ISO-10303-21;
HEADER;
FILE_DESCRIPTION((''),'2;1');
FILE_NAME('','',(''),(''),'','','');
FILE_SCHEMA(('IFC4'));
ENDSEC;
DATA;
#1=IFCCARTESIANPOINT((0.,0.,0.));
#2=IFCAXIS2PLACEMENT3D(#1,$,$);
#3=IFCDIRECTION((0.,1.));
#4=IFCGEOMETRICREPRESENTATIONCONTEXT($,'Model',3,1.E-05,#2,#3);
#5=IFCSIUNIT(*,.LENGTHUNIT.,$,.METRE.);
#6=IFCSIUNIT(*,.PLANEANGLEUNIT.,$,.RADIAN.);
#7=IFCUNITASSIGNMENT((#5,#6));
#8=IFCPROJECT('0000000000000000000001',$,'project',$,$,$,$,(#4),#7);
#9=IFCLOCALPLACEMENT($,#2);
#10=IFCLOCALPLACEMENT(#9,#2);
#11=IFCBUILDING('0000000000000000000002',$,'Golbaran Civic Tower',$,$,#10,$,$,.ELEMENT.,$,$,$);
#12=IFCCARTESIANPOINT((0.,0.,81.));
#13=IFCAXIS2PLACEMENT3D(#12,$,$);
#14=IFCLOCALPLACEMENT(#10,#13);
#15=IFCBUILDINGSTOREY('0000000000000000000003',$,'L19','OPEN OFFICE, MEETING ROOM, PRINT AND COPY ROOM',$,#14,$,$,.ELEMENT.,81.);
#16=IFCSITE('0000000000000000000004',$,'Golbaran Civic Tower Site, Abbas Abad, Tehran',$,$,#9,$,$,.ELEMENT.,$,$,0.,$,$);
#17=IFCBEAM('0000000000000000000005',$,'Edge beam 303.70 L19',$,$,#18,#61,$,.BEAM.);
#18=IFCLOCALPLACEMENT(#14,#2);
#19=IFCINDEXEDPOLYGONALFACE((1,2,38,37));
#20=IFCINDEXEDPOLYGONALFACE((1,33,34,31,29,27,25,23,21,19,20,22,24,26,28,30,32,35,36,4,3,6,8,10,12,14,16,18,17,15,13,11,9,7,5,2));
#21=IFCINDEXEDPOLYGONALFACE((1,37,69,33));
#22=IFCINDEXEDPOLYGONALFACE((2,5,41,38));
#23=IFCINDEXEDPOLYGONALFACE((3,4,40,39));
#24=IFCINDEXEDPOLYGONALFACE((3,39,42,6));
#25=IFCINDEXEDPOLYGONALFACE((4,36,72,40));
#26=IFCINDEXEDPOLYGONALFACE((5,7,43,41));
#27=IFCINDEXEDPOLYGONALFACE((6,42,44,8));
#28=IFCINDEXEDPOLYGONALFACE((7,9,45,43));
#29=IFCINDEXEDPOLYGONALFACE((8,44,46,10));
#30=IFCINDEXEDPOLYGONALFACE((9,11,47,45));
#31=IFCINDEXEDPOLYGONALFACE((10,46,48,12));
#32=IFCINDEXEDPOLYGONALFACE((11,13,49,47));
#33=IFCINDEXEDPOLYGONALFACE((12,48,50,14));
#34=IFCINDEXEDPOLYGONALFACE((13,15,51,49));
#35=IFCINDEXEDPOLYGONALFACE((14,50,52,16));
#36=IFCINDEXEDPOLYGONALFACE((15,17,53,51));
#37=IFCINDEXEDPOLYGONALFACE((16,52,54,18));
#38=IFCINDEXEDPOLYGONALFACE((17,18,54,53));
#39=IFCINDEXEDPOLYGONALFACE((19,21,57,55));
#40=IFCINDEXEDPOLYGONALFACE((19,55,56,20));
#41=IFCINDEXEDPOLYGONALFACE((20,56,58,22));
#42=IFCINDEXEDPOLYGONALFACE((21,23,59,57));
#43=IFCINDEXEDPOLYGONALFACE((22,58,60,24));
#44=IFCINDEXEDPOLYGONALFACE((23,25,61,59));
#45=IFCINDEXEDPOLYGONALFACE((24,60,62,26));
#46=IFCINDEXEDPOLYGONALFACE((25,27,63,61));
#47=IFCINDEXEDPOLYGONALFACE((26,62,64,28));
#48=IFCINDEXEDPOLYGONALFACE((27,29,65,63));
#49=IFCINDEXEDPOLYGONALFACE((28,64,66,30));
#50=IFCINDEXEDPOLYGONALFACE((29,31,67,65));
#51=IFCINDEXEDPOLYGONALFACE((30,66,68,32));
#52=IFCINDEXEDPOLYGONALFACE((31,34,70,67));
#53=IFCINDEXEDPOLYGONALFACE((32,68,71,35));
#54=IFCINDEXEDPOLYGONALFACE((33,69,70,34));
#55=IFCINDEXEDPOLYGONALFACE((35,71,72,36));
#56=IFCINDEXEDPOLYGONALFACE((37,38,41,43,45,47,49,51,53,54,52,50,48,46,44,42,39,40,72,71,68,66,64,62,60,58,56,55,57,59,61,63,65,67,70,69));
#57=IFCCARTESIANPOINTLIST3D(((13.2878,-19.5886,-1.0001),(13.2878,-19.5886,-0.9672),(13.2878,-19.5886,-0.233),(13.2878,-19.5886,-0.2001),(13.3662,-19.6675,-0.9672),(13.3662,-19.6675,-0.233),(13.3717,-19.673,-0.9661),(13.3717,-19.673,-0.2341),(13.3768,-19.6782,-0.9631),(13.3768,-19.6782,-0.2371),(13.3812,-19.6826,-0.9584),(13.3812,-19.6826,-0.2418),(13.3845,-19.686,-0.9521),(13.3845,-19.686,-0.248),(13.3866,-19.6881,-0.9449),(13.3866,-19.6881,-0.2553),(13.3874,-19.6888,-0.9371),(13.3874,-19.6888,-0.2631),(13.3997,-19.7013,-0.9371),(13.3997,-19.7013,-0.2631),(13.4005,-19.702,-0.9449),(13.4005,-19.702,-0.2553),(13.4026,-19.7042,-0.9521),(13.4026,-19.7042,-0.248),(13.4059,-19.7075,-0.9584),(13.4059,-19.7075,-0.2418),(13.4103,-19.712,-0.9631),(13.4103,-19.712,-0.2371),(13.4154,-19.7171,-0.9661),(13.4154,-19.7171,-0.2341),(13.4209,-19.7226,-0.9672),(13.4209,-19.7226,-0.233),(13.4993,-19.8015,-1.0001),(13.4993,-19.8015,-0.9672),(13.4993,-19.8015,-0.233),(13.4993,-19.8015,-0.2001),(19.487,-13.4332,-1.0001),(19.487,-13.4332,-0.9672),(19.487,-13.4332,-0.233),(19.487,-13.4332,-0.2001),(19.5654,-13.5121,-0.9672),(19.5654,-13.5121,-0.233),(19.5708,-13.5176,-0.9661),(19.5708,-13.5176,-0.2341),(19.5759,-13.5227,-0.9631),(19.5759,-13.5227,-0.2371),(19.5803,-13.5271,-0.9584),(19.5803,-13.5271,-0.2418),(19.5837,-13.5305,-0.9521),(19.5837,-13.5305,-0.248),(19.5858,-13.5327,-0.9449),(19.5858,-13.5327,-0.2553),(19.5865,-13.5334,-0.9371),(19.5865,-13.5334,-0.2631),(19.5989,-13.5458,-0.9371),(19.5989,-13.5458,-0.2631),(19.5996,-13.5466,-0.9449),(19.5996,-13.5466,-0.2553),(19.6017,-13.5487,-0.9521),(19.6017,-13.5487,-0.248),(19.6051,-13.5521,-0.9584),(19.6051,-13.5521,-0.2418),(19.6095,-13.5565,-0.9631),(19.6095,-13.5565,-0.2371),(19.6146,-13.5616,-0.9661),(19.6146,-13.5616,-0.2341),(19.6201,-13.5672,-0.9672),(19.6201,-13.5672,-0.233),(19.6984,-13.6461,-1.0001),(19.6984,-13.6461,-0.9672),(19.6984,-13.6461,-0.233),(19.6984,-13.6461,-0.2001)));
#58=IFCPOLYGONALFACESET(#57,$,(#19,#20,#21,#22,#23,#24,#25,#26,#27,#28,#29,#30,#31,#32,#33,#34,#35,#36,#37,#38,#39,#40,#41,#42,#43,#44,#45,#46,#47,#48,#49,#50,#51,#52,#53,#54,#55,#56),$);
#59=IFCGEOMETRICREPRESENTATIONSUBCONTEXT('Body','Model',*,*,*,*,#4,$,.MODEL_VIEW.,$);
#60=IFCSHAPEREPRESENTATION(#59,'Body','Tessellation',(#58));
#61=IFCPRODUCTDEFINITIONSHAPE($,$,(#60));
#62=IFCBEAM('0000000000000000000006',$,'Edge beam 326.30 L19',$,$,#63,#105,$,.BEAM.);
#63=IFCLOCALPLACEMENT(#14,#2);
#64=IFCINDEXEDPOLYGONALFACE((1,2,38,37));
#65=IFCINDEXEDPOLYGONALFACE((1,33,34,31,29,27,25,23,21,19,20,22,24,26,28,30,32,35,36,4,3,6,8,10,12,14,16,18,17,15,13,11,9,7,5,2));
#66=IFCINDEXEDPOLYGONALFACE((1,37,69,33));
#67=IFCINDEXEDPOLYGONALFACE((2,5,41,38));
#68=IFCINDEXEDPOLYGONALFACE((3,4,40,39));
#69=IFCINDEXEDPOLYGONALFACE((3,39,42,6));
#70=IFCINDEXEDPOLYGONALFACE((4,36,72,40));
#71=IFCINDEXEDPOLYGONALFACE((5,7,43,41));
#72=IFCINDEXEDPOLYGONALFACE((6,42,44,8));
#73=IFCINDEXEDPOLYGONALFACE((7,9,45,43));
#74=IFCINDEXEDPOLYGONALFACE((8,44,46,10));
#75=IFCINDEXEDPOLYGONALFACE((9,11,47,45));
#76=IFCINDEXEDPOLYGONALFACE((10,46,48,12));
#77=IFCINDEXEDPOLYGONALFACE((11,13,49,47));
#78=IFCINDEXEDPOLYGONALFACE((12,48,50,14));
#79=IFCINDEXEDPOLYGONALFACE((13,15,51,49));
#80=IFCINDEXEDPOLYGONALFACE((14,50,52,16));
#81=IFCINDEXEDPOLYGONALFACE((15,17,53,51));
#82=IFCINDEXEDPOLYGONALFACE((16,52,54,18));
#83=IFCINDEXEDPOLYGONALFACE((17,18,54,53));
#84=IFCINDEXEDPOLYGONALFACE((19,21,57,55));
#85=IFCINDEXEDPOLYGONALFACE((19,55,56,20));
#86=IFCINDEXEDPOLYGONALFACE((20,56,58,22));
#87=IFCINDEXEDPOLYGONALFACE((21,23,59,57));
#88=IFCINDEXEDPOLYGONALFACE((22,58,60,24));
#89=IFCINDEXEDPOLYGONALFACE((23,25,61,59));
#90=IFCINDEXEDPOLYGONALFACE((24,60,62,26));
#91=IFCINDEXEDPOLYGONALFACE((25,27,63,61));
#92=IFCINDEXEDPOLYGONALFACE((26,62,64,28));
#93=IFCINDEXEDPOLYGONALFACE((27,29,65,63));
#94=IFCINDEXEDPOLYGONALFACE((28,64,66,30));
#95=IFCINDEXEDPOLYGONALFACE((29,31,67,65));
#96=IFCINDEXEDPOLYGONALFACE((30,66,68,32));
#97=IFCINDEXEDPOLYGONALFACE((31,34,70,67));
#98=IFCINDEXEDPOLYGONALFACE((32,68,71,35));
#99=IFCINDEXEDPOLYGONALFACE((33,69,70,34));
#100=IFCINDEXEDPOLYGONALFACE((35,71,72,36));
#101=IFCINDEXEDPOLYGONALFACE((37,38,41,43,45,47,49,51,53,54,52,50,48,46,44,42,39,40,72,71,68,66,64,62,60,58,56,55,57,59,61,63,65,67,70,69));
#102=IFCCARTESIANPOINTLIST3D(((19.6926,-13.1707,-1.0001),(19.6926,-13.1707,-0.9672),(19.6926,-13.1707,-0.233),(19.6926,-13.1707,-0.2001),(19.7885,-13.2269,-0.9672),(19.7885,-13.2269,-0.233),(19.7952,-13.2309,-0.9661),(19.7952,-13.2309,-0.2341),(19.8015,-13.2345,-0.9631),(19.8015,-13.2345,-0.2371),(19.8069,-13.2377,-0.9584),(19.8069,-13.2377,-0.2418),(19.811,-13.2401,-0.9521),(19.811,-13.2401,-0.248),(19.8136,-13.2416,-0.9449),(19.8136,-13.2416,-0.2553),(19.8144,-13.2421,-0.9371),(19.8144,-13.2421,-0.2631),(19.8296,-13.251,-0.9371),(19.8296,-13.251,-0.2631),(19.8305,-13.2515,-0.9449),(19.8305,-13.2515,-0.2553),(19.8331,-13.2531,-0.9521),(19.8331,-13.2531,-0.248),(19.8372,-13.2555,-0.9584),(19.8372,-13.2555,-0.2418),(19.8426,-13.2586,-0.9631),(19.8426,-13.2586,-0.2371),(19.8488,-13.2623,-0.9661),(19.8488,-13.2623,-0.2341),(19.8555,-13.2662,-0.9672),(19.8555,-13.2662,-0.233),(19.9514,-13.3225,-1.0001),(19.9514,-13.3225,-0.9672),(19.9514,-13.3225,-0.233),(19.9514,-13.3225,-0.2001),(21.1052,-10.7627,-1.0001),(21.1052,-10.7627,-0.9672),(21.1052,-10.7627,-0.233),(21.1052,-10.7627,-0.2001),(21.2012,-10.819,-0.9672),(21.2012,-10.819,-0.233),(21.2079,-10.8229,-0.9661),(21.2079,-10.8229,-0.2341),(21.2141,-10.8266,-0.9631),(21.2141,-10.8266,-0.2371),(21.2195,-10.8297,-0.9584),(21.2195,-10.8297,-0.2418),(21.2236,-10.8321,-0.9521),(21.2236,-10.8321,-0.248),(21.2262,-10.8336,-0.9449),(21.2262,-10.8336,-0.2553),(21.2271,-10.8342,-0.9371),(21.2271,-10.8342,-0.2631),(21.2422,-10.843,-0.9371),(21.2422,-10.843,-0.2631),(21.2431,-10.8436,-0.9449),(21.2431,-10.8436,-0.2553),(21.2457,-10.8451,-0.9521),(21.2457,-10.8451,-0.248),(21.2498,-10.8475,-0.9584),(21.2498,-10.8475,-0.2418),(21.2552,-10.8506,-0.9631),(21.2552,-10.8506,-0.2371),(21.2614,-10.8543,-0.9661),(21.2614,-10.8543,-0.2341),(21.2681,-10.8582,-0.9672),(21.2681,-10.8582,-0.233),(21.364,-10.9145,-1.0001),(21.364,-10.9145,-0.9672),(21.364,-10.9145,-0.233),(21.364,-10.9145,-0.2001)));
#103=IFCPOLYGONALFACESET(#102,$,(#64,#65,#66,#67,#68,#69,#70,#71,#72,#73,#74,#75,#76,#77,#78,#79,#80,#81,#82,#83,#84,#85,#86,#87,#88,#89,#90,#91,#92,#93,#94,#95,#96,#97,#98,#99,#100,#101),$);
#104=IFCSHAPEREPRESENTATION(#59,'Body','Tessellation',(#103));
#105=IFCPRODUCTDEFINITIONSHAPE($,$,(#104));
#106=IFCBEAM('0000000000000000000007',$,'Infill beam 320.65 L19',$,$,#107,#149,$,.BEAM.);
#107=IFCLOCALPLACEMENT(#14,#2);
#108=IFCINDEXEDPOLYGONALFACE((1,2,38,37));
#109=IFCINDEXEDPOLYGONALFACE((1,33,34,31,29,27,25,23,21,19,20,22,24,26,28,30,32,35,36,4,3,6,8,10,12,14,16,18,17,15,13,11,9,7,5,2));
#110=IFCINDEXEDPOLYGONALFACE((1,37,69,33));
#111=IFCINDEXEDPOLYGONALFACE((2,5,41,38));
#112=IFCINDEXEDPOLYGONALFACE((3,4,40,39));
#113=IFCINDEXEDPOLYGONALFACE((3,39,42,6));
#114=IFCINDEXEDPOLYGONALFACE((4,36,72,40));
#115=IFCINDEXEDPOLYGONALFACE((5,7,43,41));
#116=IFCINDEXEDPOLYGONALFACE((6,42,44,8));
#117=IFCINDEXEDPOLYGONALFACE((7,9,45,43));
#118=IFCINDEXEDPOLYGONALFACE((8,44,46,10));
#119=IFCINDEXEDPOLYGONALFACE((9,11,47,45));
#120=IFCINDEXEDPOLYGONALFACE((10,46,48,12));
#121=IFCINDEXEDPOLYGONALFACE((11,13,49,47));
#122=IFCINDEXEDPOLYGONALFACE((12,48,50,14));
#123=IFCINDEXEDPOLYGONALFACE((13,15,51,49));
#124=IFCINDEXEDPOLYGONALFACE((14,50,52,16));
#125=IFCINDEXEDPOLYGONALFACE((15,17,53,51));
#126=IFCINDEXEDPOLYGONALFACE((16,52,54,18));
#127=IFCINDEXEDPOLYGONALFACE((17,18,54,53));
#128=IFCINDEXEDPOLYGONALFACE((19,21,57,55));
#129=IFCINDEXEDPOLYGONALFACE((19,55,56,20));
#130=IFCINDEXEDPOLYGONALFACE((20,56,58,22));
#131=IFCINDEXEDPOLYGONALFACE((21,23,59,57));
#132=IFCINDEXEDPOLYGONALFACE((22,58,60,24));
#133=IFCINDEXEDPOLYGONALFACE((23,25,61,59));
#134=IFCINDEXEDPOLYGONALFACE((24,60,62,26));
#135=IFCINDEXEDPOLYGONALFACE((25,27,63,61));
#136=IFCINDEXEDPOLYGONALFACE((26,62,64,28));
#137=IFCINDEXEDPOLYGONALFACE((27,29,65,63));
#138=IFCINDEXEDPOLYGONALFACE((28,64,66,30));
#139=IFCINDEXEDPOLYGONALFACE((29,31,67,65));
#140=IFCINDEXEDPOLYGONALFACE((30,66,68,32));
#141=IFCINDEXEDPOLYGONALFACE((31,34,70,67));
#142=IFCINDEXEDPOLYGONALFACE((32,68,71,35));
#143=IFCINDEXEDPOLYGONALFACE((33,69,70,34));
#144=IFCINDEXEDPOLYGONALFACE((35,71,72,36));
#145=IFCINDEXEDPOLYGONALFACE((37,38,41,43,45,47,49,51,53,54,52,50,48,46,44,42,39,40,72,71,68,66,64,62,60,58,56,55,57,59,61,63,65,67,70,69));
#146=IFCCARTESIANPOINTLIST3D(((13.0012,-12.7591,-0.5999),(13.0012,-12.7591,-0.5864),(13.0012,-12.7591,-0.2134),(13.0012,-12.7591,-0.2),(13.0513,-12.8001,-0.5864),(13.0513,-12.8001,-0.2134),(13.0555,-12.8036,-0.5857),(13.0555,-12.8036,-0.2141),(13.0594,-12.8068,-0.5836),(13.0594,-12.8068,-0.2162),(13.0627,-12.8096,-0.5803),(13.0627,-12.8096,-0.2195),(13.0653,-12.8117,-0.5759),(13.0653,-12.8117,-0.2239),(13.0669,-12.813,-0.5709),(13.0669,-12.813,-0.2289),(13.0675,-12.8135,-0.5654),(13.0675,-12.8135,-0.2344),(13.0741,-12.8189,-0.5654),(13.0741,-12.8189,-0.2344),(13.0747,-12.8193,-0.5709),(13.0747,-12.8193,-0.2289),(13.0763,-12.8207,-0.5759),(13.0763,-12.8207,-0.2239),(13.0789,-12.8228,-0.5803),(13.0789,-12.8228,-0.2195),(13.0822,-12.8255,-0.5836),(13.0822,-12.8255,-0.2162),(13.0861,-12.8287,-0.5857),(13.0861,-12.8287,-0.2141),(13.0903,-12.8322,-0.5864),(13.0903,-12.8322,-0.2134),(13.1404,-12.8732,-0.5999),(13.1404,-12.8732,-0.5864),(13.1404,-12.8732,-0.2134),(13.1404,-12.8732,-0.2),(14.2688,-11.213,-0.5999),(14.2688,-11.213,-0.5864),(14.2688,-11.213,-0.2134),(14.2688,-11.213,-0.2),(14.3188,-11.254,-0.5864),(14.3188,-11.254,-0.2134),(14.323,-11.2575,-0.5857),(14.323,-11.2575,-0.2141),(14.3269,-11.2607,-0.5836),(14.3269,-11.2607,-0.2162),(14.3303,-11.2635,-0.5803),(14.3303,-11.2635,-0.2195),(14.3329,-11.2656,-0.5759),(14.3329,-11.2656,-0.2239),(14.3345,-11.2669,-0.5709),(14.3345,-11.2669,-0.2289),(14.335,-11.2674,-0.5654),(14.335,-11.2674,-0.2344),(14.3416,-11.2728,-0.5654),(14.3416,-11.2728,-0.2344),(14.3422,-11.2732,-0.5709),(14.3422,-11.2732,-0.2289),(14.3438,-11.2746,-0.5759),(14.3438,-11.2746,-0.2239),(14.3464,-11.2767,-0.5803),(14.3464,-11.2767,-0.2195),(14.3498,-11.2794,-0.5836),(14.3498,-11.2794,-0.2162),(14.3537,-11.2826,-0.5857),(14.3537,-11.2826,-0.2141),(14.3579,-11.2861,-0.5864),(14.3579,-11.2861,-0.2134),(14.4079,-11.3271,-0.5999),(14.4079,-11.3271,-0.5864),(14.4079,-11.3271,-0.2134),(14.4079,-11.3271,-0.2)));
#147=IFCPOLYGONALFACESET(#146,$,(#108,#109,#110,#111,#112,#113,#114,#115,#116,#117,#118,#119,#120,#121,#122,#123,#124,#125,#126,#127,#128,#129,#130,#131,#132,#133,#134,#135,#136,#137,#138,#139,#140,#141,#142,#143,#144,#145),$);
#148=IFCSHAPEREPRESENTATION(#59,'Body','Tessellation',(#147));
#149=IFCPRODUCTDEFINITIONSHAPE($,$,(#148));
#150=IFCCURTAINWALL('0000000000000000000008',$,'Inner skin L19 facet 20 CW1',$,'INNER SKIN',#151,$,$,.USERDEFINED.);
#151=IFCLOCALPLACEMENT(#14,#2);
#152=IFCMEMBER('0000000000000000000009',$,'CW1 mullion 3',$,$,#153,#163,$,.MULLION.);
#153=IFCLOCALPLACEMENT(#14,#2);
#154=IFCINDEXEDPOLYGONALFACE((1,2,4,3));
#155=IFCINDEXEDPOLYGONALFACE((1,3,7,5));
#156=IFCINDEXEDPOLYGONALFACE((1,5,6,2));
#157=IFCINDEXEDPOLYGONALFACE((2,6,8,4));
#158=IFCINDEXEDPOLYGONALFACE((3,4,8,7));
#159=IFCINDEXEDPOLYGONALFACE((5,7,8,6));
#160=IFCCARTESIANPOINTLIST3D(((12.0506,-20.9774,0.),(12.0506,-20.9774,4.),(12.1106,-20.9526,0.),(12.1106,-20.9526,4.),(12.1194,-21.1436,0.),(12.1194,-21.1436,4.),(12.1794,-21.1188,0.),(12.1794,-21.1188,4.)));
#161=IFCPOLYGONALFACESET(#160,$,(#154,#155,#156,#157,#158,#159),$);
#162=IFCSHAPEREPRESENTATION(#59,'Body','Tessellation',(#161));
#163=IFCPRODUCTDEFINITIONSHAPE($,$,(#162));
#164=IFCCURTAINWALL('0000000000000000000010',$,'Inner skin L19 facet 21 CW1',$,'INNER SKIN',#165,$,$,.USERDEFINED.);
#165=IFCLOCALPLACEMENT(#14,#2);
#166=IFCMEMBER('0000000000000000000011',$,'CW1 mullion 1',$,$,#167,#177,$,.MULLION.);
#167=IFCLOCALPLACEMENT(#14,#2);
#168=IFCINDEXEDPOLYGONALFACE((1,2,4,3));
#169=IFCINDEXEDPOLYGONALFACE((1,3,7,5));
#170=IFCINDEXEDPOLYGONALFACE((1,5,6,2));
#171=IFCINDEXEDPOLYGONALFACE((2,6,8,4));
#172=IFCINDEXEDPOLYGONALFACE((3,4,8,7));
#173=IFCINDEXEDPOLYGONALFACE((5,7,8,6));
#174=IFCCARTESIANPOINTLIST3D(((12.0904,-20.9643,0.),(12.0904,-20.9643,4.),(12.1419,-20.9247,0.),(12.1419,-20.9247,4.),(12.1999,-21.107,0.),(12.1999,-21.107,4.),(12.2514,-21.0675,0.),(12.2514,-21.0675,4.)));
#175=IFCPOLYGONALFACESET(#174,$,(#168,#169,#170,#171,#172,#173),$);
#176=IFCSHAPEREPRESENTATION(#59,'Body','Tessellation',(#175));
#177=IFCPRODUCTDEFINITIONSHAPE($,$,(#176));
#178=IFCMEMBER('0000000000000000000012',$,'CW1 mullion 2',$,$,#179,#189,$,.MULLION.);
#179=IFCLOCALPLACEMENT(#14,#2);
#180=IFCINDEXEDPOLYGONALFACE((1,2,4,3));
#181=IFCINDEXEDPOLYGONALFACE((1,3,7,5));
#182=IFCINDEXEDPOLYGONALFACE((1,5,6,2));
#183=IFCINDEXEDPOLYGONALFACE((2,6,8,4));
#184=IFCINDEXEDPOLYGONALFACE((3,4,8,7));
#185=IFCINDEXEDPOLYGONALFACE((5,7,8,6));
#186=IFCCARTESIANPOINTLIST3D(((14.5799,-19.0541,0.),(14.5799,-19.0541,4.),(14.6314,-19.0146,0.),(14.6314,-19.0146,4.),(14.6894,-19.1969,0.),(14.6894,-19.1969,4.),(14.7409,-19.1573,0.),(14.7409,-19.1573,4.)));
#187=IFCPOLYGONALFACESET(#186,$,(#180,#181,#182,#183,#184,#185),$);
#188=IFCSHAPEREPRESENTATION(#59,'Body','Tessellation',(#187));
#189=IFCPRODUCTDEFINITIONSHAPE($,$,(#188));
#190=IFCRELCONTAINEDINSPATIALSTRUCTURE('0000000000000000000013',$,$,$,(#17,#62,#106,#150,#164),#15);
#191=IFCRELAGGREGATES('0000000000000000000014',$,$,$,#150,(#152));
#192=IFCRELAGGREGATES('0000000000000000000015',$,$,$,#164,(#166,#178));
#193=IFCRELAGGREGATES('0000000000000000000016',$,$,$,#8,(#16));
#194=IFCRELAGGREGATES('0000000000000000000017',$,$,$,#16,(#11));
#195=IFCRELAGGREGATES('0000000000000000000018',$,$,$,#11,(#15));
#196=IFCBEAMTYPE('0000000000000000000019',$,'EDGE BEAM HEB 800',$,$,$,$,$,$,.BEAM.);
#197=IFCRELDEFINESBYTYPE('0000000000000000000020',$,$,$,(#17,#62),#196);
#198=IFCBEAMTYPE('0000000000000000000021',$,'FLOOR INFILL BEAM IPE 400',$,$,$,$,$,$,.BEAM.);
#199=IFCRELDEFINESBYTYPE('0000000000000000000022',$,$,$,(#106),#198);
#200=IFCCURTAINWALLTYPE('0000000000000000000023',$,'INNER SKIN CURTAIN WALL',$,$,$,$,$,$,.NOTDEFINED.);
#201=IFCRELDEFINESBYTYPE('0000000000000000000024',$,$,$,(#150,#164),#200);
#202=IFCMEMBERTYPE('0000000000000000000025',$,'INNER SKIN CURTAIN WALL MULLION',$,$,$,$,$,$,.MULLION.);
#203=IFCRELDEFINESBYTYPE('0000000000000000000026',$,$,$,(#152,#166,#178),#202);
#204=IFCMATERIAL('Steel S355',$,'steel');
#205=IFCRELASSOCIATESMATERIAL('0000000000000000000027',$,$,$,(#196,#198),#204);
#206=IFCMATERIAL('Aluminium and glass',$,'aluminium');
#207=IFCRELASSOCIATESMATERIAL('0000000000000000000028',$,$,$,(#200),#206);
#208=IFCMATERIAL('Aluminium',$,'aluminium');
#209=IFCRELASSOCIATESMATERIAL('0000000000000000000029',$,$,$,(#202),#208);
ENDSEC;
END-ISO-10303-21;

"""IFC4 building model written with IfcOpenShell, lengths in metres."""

from ifc_helpers import new_model, si_unit, direction, frame, origin, origin_2d, place, context, subcontext, project, spatial, rectangle, i_section, extrude, material, material_profile, profile_set, type_object, element, aggregate, save


model = new_model("IFC4")

# Units and contexts
model_context = context("Model", 3, precision=1e-05, world=origin(), true_north=direction((0.0, 1.0)))
body_context = subcontext(model_context, "Body", "Model", "MODEL_VIEW")
ifc_project = project(units=[si_unit("LENGTHUNIT", "METRE"), si_unit("PLANEANGLEUNIT", "RADIAN")], contexts=[model_context])

# Site, building, storey
site_placement = place(None, origin())
site = spatial("IfcSite", under=ifc_project, at=site_placement, Name="Golbaran Civic Tower Site, Abbas Abad, Tehran", CompositionType="ELEMENT", RefElevation=0.0)
building_placement = place(site_placement, origin())
building = spatial("IfcBuilding", under=site, at=building_placement, Name="Golbaran Civic Tower", CompositionType="ELEMENT")
storey_placement = place(building_placement, frame((0.0, 0.0, 81.0)))
storey = spatial("IfcBuildingStorey", under=building, at=storey_placement, Name="L19", Description="OPEN OFFICE, MEETING ROOM, PRINT AND COPY ROOM", CompositionType="ELEMENT", Elevation=81.0)

# Beams
ifc_material_1 = material(Name="Steel S355", Category="steel")
ifc_material_profile_1 = material_profile(ifc_material_1, i_section(OverallWidth=0.3, OverallDepth=0.8, WebThickness=0.0176, FlangeThickness=0.033, FilletRadius=0.03, at=origin_2d()), Name="HEB 800")
ifc_profile_set_1 = profile_set([ifc_material_profile_1], Name="Steel S355")
beam_type_1 = type_object("IfcBeamType", Name="EDGE BEAM HEB 800", PredefinedType="BEAM", material=ifc_profile_set_1)
beam_1_placement = place(storey_placement, frame((13.3936, -19.6951, -0.6001), z_axis=(0.709604, 0.704601, 0.0), x_axis=(-0.704601, 0.709604, 0.0)))
element("IfcBeam", 1, at=beam_1_placement, inside=storey, type_object=beam_type_1, Name="Edge beam 303.70 L19", PredefinedType="BEAM", context=body_context, shape_type="SweptSolid", body=[
    extrude(i_section(OverallWidth=0.3, OverallDepth=0.8, WebThickness=0.0176, FlangeThickness=0.033, FilletRadius=0.03, at=origin_2d()), origin(), (0.0, 0.0, 1.0), 8.7361),
])
beam_2_placement = place(storey_placement, frame((19.822, -13.2466, -0.6001), z_axis=(0.505996, 0.862536, 0.0), x_axis=(-0.862536, 0.505996, 0.0)))
element("IfcBeam", 2, at=beam_2_placement, inside=storey, type_object=beam_type_1, Name="Edge beam 326.30 L19", PredefinedType="BEAM", context=body_context, shape_type="SweptSolid", body=[
    extrude(i_section(OverallWidth=0.3, OverallDepth=0.8, WebThickness=0.0176, FlangeThickness=0.033, FilletRadius=0.03, at=origin_2d()), origin(), (0.0, 0.0, 1.0), 2.7917),
])
ifc_material_profile_2 = material_profile(ifc_material_1, i_section(OverallWidth=0.1799, OverallDepth=0.3999, WebThickness=0.0085, FlangeThickness=0.0134, FilletRadius=0.021, at=origin_2d()), Name="IPE 400")
ifc_profile_set_2 = profile_set([ifc_material_profile_2], Name="Steel S355")
beam_type_2 = type_object("IfcBeamType", Name="FLOOR INFILL BEAM IPE 400", PredefinedType="BEAM", material=ifc_profile_set_2)
beam_3_placement = place(storey_placement, frame((13.0708, -12.8162, -0.3999), z_axis=(0.634002, 0.773331, 0.0), x_axis=(-0.773331, 0.634002, 0.0)))
element("IfcBeam", 3, at=beam_3_placement, inside=storey, type_object=beam_type_2, Name="Infill beam 320.65 L19", PredefinedType="BEAM", context=body_context, shape_type="SweptSolid", body=[
    extrude(i_section(OverallWidth=0.1799, OverallDepth=0.3999, WebThickness=0.0085, FlangeThickness=0.0134, FilletRadius=0.021, at=origin_2d()), origin(), (0.0, 0.0, 1.0), 1.9993),
])

# Curtain wall, member
ifc_material_2 = material(Name="Aluminium and glass", Category="aluminium")
curtain_wall_type = type_object("IfcCurtainWallType", Name="INNER SKIN CURTAIN WALL", PredefinedType="NOTDEFINED", material=ifc_material_2)
curtain_wall_1_placement = place(storey_placement, origin())
curtain_wall_1 = element("IfcCurtainWall", 4, at=curtain_wall_1_placement, inside=storey, type_object=curtain_wall_type, Name="Inner skin L19 facet 20 CW1", ObjectType="INNER SKIN", PredefinedType="USERDEFINED")
ifc_material_3 = material(Name="Aluminium", Category="aluminium")
ifc_material_profile_3 = material_profile(ifc_material_3, rectangle(XDim=0.1799, YDim=0.0649, at=origin_2d()), Name="INNER SKIN CURTAIN WALL MULLION")
ifc_profile_set_3 = profile_set([ifc_material_profile_3], Name="Aluminium")
member_type_1 = type_object("IfcMemberType", Name="INNER SKIN CURTAIN WALL MULLION", PredefinedType="MULLION", material=ifc_profile_set_3)
member_1_placement = place(storey_placement, frame((12.115, -21.0481, 0.0), z_axis=(0.0, 0.0, 1.0), x_axis=(-0.382683, 0.92388, 0.0)))
member_1 = element("IfcMember", 5, at=member_1_placement, type_object=member_type_1, Name="CW1 mullion 3", PredefinedType="MULLION", context=body_context, shape_type="SweptSolid", body=[
    extrude(rectangle(XDim=0.1799, YDim=0.0649, at=origin_2d()), origin(), (0.0, 0.0, 1.0), 4.0),
])
aggregate(curtain_wall_1, [member_1])

# Curtain wall, members
curtain_wall_2_placement = place(storey_placement, origin())
curtain_wall_2 = element("IfcCurtainWall", 6, at=curtain_wall_2_placement, inside=storey, type_object=curtain_wall_type, Name="Inner skin L19 facet 21 CW1", ObjectType="INNER SKIN", PredefinedType="USERDEFINED")
member_2_placement = place(storey_placement, frame((12.1709, -21.0159, 0.0), z_axis=(0.0, 0.0, 1.0), x_axis=(-0.608761, 0.793353, 0.0)))
member_2 = element("IfcMember", 7, at=member_2_placement, type_object=member_type_1, Name="CW1 mullion 1", PredefinedType="MULLION", context=body_context, shape_type="SweptSolid", body=[
    extrude(rectangle(XDim=0.1799, YDim=0.0649, at=origin_2d()), origin(), (0.0, 0.0, 1.0), 4.0),
])
member_3_placement = place(storey_placement, frame((14.6604, -19.1057, 0.0), z_axis=(0.0, 0.0, 1.0), x_axis=(-0.608761, 0.793353, 0.0)))
member_3 = element("IfcMember", 8, at=member_3_placement, type_object=member_type_1, Name="CW1 mullion 2", PredefinedType="MULLION", context=body_context, shape_type="SweptSolid", body=[
    extrude(rectangle(XDim=0.1799, YDim=0.0649, at=origin_2d()), origin(), (0.0, 0.0, 1.0), 4.0),
])

aggregate(curtain_wall_2, [member_2, member_3])

save(model, "model.ifc")
